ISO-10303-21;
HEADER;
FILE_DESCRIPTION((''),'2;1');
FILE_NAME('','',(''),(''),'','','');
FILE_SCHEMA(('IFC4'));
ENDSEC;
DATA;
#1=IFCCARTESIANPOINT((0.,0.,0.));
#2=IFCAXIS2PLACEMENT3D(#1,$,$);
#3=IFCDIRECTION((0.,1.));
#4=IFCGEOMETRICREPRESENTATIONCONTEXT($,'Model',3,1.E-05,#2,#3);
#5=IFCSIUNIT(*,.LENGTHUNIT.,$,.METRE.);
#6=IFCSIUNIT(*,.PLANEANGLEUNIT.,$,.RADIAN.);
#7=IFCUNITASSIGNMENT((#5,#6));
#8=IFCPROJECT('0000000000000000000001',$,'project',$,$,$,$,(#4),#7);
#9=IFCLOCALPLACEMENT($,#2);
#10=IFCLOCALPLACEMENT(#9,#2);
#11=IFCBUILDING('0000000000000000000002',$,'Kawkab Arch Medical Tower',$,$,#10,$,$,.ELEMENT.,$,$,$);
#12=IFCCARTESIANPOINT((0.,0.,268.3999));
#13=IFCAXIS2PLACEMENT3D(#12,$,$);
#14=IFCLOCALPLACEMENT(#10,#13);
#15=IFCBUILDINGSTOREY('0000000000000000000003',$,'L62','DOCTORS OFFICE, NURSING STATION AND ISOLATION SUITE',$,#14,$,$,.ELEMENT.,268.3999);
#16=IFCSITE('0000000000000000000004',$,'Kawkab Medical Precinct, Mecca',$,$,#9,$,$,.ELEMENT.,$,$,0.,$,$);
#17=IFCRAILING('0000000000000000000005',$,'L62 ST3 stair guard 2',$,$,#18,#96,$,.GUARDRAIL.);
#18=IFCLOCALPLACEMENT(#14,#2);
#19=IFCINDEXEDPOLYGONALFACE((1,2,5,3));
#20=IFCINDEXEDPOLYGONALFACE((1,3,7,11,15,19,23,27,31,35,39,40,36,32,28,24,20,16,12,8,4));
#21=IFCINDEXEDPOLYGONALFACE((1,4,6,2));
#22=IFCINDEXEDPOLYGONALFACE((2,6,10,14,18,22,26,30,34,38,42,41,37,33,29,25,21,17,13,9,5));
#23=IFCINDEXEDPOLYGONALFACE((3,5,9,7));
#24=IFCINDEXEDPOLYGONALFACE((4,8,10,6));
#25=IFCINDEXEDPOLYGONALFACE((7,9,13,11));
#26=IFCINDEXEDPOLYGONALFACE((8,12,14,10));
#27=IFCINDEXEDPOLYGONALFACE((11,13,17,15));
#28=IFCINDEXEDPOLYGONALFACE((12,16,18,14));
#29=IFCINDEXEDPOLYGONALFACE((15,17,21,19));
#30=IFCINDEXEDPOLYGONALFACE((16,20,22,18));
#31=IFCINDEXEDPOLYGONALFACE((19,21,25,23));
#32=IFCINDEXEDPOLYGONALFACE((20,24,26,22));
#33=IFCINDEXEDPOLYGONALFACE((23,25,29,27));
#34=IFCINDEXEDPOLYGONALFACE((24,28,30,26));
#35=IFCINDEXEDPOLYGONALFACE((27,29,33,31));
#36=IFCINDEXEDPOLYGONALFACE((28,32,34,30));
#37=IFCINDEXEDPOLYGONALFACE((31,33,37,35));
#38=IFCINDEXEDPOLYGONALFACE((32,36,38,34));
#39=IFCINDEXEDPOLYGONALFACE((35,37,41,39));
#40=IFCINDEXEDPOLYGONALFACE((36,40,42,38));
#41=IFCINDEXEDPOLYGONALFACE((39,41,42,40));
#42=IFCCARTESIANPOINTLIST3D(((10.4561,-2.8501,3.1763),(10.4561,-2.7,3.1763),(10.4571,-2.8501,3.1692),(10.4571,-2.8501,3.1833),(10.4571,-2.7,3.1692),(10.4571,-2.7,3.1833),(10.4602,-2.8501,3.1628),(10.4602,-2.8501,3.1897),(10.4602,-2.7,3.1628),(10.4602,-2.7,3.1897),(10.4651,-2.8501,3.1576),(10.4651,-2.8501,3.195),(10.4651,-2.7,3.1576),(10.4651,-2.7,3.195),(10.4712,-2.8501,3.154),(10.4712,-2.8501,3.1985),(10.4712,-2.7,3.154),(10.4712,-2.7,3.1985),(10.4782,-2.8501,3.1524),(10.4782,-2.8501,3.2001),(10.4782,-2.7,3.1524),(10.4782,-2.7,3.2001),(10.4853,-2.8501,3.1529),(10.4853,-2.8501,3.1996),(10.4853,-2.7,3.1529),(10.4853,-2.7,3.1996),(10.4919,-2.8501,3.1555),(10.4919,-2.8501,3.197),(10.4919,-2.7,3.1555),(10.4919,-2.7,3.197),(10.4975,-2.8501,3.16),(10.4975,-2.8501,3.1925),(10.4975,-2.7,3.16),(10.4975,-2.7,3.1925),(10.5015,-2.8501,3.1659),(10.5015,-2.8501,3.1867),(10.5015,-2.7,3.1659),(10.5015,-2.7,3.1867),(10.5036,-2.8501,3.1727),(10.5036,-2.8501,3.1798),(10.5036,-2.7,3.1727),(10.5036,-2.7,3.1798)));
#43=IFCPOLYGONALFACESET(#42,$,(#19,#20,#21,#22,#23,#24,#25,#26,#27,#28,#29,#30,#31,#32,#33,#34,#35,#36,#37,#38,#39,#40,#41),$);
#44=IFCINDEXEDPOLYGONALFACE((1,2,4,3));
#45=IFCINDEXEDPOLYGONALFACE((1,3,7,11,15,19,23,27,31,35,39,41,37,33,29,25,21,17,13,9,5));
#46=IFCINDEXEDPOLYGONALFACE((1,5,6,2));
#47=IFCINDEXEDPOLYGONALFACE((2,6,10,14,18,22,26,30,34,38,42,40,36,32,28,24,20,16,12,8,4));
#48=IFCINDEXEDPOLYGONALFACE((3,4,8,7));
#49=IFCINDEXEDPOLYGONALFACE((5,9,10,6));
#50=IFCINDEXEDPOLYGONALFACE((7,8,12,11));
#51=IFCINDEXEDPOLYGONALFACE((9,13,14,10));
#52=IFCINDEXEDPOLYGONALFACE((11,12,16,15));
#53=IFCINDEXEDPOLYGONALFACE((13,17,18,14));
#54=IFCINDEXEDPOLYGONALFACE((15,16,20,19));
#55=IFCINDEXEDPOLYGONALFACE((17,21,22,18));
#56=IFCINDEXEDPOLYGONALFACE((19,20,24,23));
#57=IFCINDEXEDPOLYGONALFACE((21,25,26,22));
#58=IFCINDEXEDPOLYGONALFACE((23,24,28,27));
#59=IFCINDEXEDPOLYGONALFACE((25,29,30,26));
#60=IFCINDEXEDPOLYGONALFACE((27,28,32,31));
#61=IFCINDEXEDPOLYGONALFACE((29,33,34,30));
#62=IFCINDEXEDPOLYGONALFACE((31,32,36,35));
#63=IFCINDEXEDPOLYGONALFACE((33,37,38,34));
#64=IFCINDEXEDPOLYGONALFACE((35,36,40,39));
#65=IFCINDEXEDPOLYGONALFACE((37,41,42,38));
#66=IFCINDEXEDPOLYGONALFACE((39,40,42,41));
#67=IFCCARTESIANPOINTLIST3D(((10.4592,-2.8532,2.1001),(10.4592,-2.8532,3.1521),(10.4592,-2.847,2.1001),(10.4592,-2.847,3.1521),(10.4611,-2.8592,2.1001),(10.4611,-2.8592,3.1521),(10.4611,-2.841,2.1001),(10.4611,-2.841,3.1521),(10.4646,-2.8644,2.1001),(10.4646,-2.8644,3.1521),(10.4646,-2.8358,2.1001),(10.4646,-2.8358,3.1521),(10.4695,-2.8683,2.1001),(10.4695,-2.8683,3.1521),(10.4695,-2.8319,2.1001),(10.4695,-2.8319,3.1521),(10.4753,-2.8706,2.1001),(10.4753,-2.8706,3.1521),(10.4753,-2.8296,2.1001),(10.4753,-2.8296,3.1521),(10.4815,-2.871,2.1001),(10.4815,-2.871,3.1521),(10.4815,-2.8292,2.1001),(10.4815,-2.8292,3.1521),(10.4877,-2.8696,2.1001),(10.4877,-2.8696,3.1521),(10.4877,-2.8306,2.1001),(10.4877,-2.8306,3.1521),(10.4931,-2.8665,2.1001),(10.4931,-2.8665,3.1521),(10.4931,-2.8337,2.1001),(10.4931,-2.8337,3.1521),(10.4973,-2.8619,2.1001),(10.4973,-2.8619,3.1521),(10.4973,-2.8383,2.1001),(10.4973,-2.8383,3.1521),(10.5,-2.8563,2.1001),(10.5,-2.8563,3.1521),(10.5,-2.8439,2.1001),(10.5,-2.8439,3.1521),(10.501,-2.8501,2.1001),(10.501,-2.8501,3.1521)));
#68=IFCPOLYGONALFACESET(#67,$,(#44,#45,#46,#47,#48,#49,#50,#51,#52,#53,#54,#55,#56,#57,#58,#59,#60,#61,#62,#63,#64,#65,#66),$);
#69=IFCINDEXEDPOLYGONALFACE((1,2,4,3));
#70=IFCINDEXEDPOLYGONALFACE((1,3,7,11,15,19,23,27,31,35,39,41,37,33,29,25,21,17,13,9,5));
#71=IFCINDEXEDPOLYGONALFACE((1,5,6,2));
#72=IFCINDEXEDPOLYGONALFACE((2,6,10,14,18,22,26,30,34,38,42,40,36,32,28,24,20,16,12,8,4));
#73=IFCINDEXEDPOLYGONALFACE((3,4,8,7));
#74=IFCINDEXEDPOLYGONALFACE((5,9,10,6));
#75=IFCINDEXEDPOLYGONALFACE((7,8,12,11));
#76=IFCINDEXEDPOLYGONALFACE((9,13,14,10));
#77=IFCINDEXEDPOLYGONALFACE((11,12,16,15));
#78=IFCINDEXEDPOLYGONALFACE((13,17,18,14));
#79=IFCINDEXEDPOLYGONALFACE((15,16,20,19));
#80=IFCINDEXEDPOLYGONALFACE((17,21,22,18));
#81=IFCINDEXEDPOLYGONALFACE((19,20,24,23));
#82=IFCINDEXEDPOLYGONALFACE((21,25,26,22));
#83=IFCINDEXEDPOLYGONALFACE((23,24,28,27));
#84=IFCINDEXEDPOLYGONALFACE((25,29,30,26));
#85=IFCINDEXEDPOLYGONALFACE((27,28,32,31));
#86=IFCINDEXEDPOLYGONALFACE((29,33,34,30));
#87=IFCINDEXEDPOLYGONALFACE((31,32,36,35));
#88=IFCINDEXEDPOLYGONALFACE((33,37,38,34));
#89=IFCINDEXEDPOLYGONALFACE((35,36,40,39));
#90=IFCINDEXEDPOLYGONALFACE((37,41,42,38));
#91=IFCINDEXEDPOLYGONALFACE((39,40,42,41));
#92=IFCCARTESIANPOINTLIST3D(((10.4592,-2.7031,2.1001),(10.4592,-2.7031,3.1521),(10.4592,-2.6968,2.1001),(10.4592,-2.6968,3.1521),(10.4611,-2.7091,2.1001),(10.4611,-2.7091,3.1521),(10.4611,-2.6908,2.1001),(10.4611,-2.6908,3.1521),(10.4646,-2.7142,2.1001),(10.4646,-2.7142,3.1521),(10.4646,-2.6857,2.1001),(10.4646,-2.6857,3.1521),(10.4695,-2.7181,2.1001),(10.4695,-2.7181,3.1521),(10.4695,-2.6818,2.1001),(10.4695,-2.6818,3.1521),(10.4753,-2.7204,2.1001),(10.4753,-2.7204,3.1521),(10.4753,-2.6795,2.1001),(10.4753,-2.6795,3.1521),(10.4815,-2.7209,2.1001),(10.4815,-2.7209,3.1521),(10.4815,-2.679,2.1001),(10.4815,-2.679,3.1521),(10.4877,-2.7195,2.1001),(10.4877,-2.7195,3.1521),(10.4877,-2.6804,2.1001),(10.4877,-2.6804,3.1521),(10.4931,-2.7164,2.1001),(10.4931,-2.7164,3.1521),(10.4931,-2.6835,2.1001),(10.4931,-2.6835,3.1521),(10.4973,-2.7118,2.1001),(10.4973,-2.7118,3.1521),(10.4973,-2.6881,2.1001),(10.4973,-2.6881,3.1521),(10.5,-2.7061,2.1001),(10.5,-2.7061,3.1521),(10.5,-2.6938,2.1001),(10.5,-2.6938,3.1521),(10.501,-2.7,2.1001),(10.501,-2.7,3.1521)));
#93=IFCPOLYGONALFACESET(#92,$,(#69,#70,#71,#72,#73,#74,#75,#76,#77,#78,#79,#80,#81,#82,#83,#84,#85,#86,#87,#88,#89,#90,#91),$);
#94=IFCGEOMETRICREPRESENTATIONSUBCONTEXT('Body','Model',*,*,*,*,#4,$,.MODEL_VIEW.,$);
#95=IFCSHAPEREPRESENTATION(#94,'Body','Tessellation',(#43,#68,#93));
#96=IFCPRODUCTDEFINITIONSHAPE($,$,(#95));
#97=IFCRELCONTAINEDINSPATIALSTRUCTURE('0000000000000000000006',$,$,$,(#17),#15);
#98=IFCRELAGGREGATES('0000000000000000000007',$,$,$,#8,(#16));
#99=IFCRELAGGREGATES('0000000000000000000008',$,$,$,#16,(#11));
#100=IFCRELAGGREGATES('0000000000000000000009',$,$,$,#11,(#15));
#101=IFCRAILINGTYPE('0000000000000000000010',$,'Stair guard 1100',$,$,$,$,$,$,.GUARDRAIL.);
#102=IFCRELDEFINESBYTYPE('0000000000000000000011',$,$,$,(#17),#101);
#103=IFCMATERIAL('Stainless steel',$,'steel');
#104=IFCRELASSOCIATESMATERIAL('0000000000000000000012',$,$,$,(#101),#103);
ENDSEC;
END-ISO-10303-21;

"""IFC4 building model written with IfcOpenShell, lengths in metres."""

from ifc_helpers import new_model, si_unit, direction, frame, origin, origin_2d, place, context, subcontext, project, spatial, circle, extrude, material, type_object, element, save


model = new_model("IFC4")

# Units and contexts
model_context = context("Model", 3, precision=1e-05, world=origin(), true_north=direction((0.0, 1.0)))
body_context = subcontext(model_context, "Body", "Model", "MODEL_VIEW")
ifc_project = project(units=[si_unit("LENGTHUNIT", "METRE"), si_unit("PLANEANGLEUNIT", "RADIAN")], contexts=[model_context])

# Site, building, storey
site_placement = place(None, origin())
site = spatial("IfcSite", under=ifc_project, at=site_placement, Name="Kawkab Medical Precinct, Mecca", CompositionType="ELEMENT", RefElevation=0.0)
building_placement = place(site_placement, origin())
building = spatial("IfcBuilding", under=site, at=building_placement, Name="Kawkab Arch Medical Tower", CompositionType="ELEMENT")
storey_placement = place(building_placement, frame((0.0, 0.0, 268.3999)))
storey = spatial("IfcBuildingStorey", under=building, at=storey_placement, Name="L62", Description="DOCTORS OFFICE, NURSING STATION AND ISOLATION SUITE", CompositionType="ELEMENT", Elevation=268.3999)

# Railing
ifc_material_1 = material(Name="Stainless steel", Category="steel")
railing_type_1 = type_object("IfcRailingType", Name="Stair guard 1100", PredefinedType="GUARDRAIL", material=ifc_material_1)
railing_1_placement = place(storey_placement, frame((10.48, -2.8501, 2.1001)))
element("IfcRailing", 1, at=railing_1_placement, inside=storey, type_object=railing_type_1, Name="L62 ST3 stair guard 2", PredefinedType="GUARDRAIL", context=body_context, shape_type="SweptSolid", body=[
    extrude(circle(Radius=0.0239, at=origin_2d()), frame((0.0, 0.0, 1.0762), z_axis=(0.0, 1.0, 0.0), x_axis=(-1.0, 0.0, 0.0)), (0.0, 0.0, 1.0), 0.1501),
    extrude(circle(Radius=0.021, at=origin_2d()), origin(), (0.0, 0.0, 1.0), 1.052),
    extrude(circle(Radius=0.021, at=origin_2d()), frame((0.0, 0.1501, 0.0)), (0.0, 0.0, 1.0), 1.052),
])

save(model, "model.ifc")
